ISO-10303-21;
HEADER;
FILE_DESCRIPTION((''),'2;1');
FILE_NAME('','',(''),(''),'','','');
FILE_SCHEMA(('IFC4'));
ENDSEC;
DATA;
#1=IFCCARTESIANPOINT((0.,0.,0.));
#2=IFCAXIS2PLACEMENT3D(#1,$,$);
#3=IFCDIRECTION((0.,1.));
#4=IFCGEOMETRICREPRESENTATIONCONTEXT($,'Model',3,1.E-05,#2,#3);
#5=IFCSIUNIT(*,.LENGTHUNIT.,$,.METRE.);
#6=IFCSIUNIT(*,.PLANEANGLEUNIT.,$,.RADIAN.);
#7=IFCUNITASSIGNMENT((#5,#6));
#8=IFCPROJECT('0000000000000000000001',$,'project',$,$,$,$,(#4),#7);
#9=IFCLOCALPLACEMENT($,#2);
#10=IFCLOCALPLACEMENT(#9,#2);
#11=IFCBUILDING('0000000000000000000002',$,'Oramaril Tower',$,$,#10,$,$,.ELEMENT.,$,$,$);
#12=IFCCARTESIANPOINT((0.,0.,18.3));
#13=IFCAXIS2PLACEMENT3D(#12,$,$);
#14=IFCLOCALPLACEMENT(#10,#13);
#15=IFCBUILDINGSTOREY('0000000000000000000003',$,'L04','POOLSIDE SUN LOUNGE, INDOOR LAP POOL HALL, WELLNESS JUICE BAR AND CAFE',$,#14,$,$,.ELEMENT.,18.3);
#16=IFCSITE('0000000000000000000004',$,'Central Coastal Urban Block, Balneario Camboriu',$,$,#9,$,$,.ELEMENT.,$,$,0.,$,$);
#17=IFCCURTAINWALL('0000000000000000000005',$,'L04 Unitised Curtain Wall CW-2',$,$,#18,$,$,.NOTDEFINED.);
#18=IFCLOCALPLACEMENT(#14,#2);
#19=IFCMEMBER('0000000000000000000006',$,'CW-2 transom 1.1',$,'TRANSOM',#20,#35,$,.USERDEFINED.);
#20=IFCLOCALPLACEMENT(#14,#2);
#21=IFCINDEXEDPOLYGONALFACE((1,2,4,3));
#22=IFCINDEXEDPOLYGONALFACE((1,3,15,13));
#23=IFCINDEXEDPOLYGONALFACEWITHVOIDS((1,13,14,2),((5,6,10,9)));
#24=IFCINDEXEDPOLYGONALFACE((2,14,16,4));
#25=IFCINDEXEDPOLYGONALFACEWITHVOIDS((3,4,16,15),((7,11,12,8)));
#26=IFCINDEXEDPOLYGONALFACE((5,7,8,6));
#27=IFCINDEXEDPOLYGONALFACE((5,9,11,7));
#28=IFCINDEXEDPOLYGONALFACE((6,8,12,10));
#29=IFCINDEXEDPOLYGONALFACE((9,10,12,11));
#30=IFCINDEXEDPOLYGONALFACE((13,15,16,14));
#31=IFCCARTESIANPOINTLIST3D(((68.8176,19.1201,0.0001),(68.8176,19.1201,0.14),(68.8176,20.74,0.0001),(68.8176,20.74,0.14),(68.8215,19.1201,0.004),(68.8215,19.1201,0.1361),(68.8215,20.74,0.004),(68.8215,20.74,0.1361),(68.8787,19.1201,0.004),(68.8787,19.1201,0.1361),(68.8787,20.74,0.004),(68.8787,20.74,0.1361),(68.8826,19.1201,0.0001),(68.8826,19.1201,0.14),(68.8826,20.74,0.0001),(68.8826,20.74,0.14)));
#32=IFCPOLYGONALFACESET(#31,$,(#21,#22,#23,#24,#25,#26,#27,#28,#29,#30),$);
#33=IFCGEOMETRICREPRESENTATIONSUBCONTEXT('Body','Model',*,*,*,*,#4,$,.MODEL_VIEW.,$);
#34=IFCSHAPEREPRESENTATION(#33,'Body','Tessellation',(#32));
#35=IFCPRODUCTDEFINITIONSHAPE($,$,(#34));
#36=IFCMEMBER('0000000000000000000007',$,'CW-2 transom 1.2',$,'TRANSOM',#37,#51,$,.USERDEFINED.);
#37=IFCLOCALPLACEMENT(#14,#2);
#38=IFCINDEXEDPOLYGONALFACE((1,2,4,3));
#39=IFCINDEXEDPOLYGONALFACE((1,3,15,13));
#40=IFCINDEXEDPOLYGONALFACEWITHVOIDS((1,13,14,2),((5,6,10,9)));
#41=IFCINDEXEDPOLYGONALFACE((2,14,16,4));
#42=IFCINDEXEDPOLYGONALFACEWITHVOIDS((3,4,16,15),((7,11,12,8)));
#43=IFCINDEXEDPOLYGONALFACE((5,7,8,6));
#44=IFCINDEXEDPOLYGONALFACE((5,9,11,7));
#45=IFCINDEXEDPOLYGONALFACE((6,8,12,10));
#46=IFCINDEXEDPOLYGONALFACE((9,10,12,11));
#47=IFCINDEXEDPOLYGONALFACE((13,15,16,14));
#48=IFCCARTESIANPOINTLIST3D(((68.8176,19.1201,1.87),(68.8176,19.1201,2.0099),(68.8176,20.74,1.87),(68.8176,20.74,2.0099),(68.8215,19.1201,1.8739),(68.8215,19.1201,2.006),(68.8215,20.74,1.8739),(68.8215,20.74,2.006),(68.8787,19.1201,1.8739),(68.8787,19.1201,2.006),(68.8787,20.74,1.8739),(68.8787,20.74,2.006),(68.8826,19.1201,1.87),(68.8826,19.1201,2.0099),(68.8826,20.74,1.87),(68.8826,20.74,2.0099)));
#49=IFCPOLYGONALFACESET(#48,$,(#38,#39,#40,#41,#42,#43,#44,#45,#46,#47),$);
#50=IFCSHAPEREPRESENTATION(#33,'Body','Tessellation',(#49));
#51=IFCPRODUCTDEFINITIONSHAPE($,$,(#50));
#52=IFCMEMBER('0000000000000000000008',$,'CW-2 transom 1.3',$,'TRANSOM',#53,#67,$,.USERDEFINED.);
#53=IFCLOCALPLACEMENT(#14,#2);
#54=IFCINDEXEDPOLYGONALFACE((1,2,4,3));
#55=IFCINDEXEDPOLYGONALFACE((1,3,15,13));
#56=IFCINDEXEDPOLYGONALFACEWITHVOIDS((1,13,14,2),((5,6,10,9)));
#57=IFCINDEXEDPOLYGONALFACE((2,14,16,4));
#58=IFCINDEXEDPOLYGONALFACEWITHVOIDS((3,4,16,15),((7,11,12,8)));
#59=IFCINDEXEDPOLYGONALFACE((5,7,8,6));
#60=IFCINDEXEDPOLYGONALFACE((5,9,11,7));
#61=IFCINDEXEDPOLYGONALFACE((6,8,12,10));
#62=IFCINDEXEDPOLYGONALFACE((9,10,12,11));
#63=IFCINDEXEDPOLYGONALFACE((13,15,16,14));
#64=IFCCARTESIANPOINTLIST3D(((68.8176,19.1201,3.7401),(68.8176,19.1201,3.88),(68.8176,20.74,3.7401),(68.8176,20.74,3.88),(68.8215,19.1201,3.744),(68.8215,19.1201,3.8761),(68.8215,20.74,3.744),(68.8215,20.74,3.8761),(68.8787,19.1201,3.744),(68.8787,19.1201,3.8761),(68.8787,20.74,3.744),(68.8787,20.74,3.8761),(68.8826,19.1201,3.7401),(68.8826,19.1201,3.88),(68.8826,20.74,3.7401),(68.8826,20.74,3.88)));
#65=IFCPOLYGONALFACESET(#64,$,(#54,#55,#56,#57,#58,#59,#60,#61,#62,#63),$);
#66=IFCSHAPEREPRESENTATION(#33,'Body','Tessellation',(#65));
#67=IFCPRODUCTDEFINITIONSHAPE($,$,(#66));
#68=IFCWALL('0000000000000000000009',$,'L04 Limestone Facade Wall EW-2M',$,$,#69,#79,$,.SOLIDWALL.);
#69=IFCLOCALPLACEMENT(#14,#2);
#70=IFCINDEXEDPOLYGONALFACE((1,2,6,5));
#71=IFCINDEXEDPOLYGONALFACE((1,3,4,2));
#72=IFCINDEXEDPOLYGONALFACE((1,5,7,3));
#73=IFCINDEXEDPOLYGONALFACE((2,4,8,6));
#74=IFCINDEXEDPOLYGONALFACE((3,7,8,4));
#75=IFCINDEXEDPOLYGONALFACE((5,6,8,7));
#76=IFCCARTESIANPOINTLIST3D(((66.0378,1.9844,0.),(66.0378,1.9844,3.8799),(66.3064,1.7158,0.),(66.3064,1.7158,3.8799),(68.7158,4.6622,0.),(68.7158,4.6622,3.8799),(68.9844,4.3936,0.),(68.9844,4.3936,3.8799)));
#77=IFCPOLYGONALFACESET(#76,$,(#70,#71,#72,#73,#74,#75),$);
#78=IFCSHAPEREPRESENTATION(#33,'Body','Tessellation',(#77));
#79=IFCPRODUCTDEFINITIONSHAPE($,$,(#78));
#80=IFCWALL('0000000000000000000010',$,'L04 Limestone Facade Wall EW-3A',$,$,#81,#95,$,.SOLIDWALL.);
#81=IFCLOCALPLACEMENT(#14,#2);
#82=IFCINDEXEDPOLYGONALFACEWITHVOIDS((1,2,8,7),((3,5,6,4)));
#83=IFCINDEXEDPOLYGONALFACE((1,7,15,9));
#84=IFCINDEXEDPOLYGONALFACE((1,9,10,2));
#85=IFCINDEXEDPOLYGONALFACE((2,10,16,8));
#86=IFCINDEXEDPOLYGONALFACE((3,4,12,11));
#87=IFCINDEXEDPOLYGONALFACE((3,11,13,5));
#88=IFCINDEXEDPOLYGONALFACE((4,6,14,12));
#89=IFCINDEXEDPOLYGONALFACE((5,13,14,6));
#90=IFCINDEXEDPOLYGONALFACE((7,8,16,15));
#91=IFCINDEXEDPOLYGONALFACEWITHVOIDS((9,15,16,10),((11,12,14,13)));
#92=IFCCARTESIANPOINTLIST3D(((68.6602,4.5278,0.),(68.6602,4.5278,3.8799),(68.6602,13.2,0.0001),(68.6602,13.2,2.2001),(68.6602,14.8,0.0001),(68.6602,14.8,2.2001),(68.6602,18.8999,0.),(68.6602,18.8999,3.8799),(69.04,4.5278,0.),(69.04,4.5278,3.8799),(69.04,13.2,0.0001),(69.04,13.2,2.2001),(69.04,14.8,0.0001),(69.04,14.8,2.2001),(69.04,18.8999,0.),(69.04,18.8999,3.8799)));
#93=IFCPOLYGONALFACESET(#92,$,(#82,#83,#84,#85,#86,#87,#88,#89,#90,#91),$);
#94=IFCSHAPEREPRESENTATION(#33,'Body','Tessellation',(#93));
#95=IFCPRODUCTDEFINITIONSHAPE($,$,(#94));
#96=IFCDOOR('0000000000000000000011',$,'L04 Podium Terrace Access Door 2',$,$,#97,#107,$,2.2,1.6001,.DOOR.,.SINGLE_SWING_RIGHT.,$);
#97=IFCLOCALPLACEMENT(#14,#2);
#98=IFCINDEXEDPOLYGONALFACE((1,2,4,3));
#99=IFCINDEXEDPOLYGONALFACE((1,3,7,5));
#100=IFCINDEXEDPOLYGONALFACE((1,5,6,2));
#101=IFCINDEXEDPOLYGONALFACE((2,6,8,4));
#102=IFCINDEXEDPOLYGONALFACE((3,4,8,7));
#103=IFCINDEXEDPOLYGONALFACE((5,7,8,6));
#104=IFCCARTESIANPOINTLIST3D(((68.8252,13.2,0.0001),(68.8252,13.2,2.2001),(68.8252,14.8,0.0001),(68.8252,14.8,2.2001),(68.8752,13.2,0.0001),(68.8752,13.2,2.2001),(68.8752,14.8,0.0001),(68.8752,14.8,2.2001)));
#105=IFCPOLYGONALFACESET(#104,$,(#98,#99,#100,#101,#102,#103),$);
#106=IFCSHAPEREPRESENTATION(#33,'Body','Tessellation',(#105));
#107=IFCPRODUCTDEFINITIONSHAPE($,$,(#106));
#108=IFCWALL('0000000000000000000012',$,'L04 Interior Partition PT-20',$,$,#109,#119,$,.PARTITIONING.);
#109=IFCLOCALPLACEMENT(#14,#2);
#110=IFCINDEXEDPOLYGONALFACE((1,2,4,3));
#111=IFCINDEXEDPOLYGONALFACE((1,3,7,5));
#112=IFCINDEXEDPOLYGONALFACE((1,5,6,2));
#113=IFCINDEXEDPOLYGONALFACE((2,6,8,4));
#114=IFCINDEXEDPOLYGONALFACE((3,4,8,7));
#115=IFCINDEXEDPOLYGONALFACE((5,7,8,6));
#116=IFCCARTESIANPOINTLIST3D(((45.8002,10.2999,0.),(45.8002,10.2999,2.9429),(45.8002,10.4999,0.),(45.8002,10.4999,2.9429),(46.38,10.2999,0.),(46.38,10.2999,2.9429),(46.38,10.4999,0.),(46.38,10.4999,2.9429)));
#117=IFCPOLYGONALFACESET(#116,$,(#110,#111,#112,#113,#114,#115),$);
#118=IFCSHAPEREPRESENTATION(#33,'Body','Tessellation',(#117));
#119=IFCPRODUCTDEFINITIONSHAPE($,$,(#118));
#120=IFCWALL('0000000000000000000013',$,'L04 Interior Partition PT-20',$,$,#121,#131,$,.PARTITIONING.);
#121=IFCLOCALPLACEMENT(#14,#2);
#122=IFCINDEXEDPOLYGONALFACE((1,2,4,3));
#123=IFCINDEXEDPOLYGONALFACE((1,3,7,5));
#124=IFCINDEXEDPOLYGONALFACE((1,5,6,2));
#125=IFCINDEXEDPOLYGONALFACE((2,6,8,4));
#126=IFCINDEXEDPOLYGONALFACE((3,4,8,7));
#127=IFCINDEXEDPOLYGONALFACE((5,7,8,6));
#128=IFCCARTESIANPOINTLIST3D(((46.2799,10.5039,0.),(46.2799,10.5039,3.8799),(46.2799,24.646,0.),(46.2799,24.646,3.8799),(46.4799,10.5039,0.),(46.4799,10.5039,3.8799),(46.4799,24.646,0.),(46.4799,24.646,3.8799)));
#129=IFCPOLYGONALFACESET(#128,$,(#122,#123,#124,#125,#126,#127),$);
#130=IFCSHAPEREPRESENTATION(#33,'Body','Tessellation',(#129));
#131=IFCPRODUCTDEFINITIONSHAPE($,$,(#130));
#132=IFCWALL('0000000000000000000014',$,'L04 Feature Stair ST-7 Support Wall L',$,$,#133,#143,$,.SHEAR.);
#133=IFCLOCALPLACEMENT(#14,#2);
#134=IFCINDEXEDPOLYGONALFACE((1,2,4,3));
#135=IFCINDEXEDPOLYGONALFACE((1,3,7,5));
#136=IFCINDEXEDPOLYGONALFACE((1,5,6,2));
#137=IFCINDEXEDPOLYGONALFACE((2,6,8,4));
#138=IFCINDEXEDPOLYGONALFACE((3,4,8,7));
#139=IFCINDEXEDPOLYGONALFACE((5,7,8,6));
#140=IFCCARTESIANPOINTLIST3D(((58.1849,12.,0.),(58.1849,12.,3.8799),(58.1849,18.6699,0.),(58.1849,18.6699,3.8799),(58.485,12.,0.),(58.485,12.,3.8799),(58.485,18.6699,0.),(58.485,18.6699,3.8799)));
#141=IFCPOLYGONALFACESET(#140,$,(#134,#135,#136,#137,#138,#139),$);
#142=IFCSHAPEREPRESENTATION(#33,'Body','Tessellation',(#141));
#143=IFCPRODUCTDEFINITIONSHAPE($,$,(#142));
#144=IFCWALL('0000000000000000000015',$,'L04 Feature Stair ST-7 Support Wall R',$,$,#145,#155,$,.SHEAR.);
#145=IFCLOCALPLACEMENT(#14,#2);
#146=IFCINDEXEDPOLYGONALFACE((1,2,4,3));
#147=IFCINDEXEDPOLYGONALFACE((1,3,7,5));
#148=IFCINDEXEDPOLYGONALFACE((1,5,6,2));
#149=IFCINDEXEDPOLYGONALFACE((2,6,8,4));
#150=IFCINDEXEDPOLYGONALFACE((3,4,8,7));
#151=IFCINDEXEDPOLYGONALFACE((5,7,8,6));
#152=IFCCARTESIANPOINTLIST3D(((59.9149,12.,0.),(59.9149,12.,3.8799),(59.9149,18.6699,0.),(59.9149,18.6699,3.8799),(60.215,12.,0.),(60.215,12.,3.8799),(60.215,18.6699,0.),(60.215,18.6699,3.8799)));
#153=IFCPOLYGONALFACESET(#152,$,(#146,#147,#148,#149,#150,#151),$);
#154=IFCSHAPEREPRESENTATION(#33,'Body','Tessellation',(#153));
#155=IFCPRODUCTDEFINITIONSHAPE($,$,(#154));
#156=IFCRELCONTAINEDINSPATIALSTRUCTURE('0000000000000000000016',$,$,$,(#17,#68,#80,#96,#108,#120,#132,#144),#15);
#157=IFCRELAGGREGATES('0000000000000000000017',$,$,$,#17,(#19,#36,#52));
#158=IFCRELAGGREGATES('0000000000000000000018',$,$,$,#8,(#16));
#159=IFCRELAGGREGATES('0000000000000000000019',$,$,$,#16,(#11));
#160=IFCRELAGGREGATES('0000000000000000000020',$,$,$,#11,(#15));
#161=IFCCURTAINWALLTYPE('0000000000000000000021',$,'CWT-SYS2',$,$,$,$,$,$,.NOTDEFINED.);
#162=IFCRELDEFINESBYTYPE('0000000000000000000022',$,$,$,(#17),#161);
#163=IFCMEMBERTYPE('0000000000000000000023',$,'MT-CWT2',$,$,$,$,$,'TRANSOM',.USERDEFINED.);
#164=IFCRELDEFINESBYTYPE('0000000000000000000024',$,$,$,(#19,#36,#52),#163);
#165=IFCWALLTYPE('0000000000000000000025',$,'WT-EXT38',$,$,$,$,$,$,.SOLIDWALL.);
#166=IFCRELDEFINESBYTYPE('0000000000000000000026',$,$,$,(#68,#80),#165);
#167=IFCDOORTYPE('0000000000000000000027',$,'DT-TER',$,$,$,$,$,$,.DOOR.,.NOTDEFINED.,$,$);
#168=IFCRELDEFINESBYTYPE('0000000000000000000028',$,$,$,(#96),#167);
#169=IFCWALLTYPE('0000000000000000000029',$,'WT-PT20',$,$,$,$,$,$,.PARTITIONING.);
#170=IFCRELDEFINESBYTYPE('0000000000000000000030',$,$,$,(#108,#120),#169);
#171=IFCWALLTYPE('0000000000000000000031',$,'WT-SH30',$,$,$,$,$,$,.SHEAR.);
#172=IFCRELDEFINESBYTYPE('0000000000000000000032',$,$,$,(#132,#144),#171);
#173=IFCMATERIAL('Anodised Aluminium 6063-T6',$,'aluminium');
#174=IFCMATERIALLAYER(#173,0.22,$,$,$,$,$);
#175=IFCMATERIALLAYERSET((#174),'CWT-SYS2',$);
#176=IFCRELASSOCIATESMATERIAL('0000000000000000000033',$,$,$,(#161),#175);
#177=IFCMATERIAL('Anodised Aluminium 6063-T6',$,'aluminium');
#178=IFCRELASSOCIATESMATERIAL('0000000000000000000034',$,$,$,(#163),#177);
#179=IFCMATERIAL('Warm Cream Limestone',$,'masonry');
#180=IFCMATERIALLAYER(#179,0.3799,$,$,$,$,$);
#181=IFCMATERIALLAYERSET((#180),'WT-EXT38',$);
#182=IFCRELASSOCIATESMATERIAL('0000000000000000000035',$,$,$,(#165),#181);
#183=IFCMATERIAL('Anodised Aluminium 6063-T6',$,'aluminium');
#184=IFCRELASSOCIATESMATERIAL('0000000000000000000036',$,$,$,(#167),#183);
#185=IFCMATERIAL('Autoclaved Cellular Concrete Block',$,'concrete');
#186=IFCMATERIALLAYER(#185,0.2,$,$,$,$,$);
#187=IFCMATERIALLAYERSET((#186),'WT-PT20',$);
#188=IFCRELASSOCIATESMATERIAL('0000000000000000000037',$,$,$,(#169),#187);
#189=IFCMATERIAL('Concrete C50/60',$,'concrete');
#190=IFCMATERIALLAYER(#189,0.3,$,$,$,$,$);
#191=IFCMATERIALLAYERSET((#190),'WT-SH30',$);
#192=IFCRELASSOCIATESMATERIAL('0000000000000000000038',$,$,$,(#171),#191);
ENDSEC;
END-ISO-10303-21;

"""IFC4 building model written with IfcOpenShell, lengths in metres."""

from ifc_helpers import new_model, si_unit, direction, frame, frame_2d, origin, origin_2d, place, context, subcontext, project, spatial, rectangle, hollow_rectangle, extrude, material, layer, layer_set, material_profile, profile_set, type_object, element, fill, aggregate, save


model = new_model("IFC4")

# Units and contexts
model_context = context("Model", 3, precision=1e-05, world=origin(), true_north=direction((0.0, 1.0)))
body_context = subcontext(model_context, "Body", "Model", "MODEL_VIEW")
ifc_project = project(units=[si_unit("LENGTHUNIT", "METRE"), si_unit("PLANEANGLEUNIT", "RADIAN")], contexts=[model_context])

# Site, building, storey
site_placement = place(None, origin())
site = spatial("IfcSite", under=ifc_project, at=site_placement, Name="Central Coastal Urban Block, Balneario Camboriu", CompositionType="ELEMENT", RefElevation=0.0)
building_placement = place(site_placement, origin())
building = spatial("IfcBuilding", under=site, at=building_placement, Name="Oramaril Tower", CompositionType="ELEMENT")
storey_placement = place(building_placement, frame((0.0, 0.0, 18.3)))
storey = spatial("IfcBuildingStorey", under=building, at=storey_placement, Name="L04", Description="POOLSIDE SUN LOUNGE, INDOOR LAP POOL HALL, WELLNESS JUICE BAR AND CAFE", CompositionType="ELEMENT", Elevation=18.3)

# Curtain wall, members
ifc_material_1 = material(Name="Anodised Aluminium 6063-T6", Category="aluminium")
ifc_layer_1 = layer(ifc_material_1, 0.22)
ifc_layer_set_1 = layer_set([ifc_layer_1], Name="CWT-SYS2")
curtain_wall_type = type_object("IfcCurtainWallType", Name="CWT-SYS2", PredefinedType="NOTDEFINED", material=ifc_layer_set_1)
curtain_wall_placement = place(storey_placement, origin())
curtain_wall = element("IfcCurtainWall", 1, at=curtain_wall_placement, inside=storey, type_object=curtain_wall_type, Name="L04 Unitised Curtain Wall CW-2", PredefinedType="NOTDEFINED")
ifc_material_2 = material(Name="Anodised Aluminium 6063-T6", Category="aluminium")
ifc_material_profile_1 = material_profile(ifc_material_2, hollow_rectangle(XDim=0.0649, YDim=0.1399, WallThickness=0.0039, at=origin_2d()), Name="CWT140X65")
ifc_profile_set_1 = profile_set([ifc_material_profile_1], Name="Anodised Aluminium 6063-T6")
member_type_1 = type_object("IfcMemberType", Name="MT-CWT2", ElementType="TRANSOM", PredefinedType="USERDEFINED", material=ifc_profile_set_1)
member_1_placement = place(storey_placement, frame((68.8501, 19.1201, 0.0701), z_axis=(0.0, 1.0, 0.0), x_axis=(-1.0, 0.0, 0.0)))
member_1 = element("IfcMember", 2, at=member_1_placement, type_object=member_type_1, Name="CW-2 transom 1.1", ObjectType="TRANSOM", PredefinedType="USERDEFINED", context=body_context, shape_type="SweptSolid", body=[
    extrude(hollow_rectangle(XDim=0.0649, YDim=0.1399, WallThickness=0.0039, at=origin_2d()), origin(), (0.0, 0.0, 1.0), 1.6199),
])
member_2_placement = place(storey_placement, frame((68.8501, 19.1201, 1.9399), z_axis=(0.0, 1.0, 0.0), x_axis=(-1.0, 0.0, 0.0)))
member_2 = element("IfcMember", 3, at=member_2_placement, type_object=member_type_1, Name="CW-2 transom 1.2", ObjectType="TRANSOM", PredefinedType="USERDEFINED", context=body_context, shape_type="SweptSolid", body=[
    extrude(hollow_rectangle(XDim=0.0649, YDim=0.1399, WallThickness=0.0039, at=origin_2d()), origin(), (0.0, 0.0, 1.0), 1.6199),
])
member_3_placement = place(storey_placement, frame((68.8501, 19.1201, 3.8101), z_axis=(0.0, 1.0, 0.0), x_axis=(-1.0, 0.0, 0.0)))
member_3 = element("IfcMember", 4, at=member_3_placement, type_object=member_type_1, Name="CW-2 transom 1.3", ObjectType="TRANSOM", PredefinedType="USERDEFINED", context=body_context, shape_type="SweptSolid", body=[
    extrude(hollow_rectangle(XDim=0.0649, YDim=0.1399, WallThickness=0.0039, at=origin_2d()), origin(), (0.0, 0.0, 1.0), 1.6199),
])
aggregate(curtain_wall, [member_1, member_2, member_3])

# Wall
ifc_material_3 = material(Name="Warm Cream Limestone", Category="masonry")
ifc_layer_2 = layer(ifc_material_3, 0.3799)
ifc_layer_set_2 = layer_set([ifc_layer_2], Name="WT-EXT38")
wall_type_1 = type_object("IfcWallType", Name="WT-EXT38", PredefinedType="SOLIDWALL", material=ifc_layer_set_2)
wall_1_placement = place(storey_placement, frame((66.1721, 1.8501, 0.0), z_axis=(0.0, 0.0, 1.0), x_axis=(0.707139, 0.707075, 0.0)))
element("IfcWall", 5, at=wall_1_placement, inside=storey, type_object=wall_type_1, Name="L04 Limestone Facade Wall EW-2M", PredefinedType="SOLIDWALL", context=body_context, shape_type="SweptSolid", body=[
    extrude(rectangle(XDim=3.7871, YDim=0.3799, at=frame_2d((1.8936, 0.0))), origin(), (0.0, 0.0, 1.0), 3.8799),
])

# Wall, opening, door
wall_2_placement = place(storey_placement, frame((68.8501, 4.5278, 0.0), z_axis=(0.0, 0.0, 1.0), x_axis=(0.0, 1.0, 0.0)))
wall_2 = element("IfcWall", 6, at=wall_2_placement, inside=storey, type_object=wall_type_1, Name="L04 Limestone Facade Wall EW-3A", PredefinedType="SOLIDWALL", context=body_context, shape_type="SweptSolid", body=[
    extrude(rectangle(XDim=14.3721, YDim=0.3799, at=frame_2d((7.186, 0.0))), origin(), (0.0, 0.0, 1.0), 3.8799),
])
opening_1_placement = place(wall_2_placement, frame((8.6721, 0.0, 0.0)))
opening_1 = element("IfcOpeningElement", 7, at=opening_1_placement, cuts=wall_2, PredefinedType="OPENING", context=body_context, shape_type="SweptSolid", body=[
    extrude(rectangle(XDim=1.6001, YDim=2.2, at=frame_2d((0.8, 1.1001))), frame((0.0, 0.1899, 0.0), z_axis=(0.0, -1.0, 0.0), x_axis=(1.0, 0.0, 0.0)), (0.0, 0.0, 1.0), 0.3799),
])
ifc_material_4 = material(Name="Anodised Aluminium 6063-T6", Category="aluminium")
door_type_1 = type_object("IfcDoorType", Name="DT-TER", OperationType="NOTDEFINED", PredefinedType="DOOR", material=ifc_material_4)
door_1_placement = place(opening_1_placement, origin())
door_1 = element("IfcDoor", 8, at=door_1_placement, inside=storey, type_object=door_type_1, Name="L04 Podium Terrace Access Door 2", OperationType="SINGLE_SWING_RIGHT", OverallHeight=2.2, OverallWidth=1.6001, PredefinedType="DOOR", context=body_context, shape_type="SweptSolid", body=[
    extrude(rectangle(XDim=1.6001, YDim=2.2, at=frame_2d((0.8, 1.1001))), frame((0.0, 0.0249, 0.0), z_axis=(0.0, -1.0, 0.0), x_axis=(1.0, 0.0, 0.0)), (0.0, 0.0, 1.0), 0.05),
])
fill(opening_1, door_1)

# Walls
ifc_material_5 = material(Name="Autoclaved Cellular Concrete Block", Category="concrete")
ifc_layer_3 = layer(ifc_material_5, 0.2)
ifc_layer_set_3 = layer_set([ifc_layer_3], Name="WT-PT20")
wall_type_2 = type_object("IfcWallType", Name="WT-PT20", PredefinedType="PARTITIONING", material=ifc_layer_set_3)
wall_3_placement = place(storey_placement, frame((45.8, 10.3999, 0.0), z_axis=(0.0, 0.0, 1.0), x_axis=(1.0, 0.0, 0.0)))
element("IfcWall", 9, at=wall_3_placement, inside=storey, type_object=wall_type_2, Name="L04 Interior Partition PT-20", PredefinedType="PARTITIONING", context=body_context, shape_type="SweptSolid", body=[
    extrude(rectangle(XDim=0.5798, YDim=0.2, at=frame_2d((0.29, 0.0))), origin(), (0.0, 0.0, 1.0), 2.9429),
])
wall_4_placement = place(storey_placement, frame((46.3799, 10.5039, 0.0), z_axis=(0.0, 0.0, 1.0), x_axis=(0.0, 1.0, 0.0)))
element("IfcWall", 10, at=wall_4_placement, inside=storey, type_object=wall_type_2, Name="L04 Interior Partition PT-20", PredefinedType="PARTITIONING", context=body_context, shape_type="SweptSolid", body=[
    extrude(rectangle(XDim=14.1421, YDim=0.2, at=frame_2d((7.071, 0.0))), origin(), (0.0, 0.0, 1.0), 3.8799),
])

# Walls
ifc_material_6 = material(Name="Concrete C50/60", Category="concrete")
ifc_layer_4 = layer(ifc_material_6, 0.3)
ifc_layer_set_4 = layer_set([ifc_layer_4], Name="WT-SH30")
wall_type_3 = type_object("IfcWallType", Name="WT-SH30", PredefinedType="SHEAR", material=ifc_layer_set_4)
for number, where, z_axis, x_axis, name in (
    (11, (58.335, 12.0, 0.0), (0.0, 0.0, 1.0), (0.0, 1.0, 0.0), "L04 Feature Stair ST-7 Support Wall L"),
    (12, (60.0649, 12.0, 0.0), (0.0, 0.0, 1.0), (0.0, 1.0, 0.0), "L04 Feature Stair ST-7 Support Wall R"),
):
    element("IfcWall", number, at=place(storey_placement, frame(where, z_axis=z_axis, x_axis=x_axis)), inside=storey, type_object=wall_type_3, Name=name, PredefinedType="SHEAR", context=body_context, shape_type="SweptSolid", body=[
        extrude(rectangle(XDim=6.6699, YDim=0.3, at=frame_2d((3.335, 0.0))), origin(), (0.0, 0.0, 1.0), 3.8799),
    ])

save(model, "model.ifc")
